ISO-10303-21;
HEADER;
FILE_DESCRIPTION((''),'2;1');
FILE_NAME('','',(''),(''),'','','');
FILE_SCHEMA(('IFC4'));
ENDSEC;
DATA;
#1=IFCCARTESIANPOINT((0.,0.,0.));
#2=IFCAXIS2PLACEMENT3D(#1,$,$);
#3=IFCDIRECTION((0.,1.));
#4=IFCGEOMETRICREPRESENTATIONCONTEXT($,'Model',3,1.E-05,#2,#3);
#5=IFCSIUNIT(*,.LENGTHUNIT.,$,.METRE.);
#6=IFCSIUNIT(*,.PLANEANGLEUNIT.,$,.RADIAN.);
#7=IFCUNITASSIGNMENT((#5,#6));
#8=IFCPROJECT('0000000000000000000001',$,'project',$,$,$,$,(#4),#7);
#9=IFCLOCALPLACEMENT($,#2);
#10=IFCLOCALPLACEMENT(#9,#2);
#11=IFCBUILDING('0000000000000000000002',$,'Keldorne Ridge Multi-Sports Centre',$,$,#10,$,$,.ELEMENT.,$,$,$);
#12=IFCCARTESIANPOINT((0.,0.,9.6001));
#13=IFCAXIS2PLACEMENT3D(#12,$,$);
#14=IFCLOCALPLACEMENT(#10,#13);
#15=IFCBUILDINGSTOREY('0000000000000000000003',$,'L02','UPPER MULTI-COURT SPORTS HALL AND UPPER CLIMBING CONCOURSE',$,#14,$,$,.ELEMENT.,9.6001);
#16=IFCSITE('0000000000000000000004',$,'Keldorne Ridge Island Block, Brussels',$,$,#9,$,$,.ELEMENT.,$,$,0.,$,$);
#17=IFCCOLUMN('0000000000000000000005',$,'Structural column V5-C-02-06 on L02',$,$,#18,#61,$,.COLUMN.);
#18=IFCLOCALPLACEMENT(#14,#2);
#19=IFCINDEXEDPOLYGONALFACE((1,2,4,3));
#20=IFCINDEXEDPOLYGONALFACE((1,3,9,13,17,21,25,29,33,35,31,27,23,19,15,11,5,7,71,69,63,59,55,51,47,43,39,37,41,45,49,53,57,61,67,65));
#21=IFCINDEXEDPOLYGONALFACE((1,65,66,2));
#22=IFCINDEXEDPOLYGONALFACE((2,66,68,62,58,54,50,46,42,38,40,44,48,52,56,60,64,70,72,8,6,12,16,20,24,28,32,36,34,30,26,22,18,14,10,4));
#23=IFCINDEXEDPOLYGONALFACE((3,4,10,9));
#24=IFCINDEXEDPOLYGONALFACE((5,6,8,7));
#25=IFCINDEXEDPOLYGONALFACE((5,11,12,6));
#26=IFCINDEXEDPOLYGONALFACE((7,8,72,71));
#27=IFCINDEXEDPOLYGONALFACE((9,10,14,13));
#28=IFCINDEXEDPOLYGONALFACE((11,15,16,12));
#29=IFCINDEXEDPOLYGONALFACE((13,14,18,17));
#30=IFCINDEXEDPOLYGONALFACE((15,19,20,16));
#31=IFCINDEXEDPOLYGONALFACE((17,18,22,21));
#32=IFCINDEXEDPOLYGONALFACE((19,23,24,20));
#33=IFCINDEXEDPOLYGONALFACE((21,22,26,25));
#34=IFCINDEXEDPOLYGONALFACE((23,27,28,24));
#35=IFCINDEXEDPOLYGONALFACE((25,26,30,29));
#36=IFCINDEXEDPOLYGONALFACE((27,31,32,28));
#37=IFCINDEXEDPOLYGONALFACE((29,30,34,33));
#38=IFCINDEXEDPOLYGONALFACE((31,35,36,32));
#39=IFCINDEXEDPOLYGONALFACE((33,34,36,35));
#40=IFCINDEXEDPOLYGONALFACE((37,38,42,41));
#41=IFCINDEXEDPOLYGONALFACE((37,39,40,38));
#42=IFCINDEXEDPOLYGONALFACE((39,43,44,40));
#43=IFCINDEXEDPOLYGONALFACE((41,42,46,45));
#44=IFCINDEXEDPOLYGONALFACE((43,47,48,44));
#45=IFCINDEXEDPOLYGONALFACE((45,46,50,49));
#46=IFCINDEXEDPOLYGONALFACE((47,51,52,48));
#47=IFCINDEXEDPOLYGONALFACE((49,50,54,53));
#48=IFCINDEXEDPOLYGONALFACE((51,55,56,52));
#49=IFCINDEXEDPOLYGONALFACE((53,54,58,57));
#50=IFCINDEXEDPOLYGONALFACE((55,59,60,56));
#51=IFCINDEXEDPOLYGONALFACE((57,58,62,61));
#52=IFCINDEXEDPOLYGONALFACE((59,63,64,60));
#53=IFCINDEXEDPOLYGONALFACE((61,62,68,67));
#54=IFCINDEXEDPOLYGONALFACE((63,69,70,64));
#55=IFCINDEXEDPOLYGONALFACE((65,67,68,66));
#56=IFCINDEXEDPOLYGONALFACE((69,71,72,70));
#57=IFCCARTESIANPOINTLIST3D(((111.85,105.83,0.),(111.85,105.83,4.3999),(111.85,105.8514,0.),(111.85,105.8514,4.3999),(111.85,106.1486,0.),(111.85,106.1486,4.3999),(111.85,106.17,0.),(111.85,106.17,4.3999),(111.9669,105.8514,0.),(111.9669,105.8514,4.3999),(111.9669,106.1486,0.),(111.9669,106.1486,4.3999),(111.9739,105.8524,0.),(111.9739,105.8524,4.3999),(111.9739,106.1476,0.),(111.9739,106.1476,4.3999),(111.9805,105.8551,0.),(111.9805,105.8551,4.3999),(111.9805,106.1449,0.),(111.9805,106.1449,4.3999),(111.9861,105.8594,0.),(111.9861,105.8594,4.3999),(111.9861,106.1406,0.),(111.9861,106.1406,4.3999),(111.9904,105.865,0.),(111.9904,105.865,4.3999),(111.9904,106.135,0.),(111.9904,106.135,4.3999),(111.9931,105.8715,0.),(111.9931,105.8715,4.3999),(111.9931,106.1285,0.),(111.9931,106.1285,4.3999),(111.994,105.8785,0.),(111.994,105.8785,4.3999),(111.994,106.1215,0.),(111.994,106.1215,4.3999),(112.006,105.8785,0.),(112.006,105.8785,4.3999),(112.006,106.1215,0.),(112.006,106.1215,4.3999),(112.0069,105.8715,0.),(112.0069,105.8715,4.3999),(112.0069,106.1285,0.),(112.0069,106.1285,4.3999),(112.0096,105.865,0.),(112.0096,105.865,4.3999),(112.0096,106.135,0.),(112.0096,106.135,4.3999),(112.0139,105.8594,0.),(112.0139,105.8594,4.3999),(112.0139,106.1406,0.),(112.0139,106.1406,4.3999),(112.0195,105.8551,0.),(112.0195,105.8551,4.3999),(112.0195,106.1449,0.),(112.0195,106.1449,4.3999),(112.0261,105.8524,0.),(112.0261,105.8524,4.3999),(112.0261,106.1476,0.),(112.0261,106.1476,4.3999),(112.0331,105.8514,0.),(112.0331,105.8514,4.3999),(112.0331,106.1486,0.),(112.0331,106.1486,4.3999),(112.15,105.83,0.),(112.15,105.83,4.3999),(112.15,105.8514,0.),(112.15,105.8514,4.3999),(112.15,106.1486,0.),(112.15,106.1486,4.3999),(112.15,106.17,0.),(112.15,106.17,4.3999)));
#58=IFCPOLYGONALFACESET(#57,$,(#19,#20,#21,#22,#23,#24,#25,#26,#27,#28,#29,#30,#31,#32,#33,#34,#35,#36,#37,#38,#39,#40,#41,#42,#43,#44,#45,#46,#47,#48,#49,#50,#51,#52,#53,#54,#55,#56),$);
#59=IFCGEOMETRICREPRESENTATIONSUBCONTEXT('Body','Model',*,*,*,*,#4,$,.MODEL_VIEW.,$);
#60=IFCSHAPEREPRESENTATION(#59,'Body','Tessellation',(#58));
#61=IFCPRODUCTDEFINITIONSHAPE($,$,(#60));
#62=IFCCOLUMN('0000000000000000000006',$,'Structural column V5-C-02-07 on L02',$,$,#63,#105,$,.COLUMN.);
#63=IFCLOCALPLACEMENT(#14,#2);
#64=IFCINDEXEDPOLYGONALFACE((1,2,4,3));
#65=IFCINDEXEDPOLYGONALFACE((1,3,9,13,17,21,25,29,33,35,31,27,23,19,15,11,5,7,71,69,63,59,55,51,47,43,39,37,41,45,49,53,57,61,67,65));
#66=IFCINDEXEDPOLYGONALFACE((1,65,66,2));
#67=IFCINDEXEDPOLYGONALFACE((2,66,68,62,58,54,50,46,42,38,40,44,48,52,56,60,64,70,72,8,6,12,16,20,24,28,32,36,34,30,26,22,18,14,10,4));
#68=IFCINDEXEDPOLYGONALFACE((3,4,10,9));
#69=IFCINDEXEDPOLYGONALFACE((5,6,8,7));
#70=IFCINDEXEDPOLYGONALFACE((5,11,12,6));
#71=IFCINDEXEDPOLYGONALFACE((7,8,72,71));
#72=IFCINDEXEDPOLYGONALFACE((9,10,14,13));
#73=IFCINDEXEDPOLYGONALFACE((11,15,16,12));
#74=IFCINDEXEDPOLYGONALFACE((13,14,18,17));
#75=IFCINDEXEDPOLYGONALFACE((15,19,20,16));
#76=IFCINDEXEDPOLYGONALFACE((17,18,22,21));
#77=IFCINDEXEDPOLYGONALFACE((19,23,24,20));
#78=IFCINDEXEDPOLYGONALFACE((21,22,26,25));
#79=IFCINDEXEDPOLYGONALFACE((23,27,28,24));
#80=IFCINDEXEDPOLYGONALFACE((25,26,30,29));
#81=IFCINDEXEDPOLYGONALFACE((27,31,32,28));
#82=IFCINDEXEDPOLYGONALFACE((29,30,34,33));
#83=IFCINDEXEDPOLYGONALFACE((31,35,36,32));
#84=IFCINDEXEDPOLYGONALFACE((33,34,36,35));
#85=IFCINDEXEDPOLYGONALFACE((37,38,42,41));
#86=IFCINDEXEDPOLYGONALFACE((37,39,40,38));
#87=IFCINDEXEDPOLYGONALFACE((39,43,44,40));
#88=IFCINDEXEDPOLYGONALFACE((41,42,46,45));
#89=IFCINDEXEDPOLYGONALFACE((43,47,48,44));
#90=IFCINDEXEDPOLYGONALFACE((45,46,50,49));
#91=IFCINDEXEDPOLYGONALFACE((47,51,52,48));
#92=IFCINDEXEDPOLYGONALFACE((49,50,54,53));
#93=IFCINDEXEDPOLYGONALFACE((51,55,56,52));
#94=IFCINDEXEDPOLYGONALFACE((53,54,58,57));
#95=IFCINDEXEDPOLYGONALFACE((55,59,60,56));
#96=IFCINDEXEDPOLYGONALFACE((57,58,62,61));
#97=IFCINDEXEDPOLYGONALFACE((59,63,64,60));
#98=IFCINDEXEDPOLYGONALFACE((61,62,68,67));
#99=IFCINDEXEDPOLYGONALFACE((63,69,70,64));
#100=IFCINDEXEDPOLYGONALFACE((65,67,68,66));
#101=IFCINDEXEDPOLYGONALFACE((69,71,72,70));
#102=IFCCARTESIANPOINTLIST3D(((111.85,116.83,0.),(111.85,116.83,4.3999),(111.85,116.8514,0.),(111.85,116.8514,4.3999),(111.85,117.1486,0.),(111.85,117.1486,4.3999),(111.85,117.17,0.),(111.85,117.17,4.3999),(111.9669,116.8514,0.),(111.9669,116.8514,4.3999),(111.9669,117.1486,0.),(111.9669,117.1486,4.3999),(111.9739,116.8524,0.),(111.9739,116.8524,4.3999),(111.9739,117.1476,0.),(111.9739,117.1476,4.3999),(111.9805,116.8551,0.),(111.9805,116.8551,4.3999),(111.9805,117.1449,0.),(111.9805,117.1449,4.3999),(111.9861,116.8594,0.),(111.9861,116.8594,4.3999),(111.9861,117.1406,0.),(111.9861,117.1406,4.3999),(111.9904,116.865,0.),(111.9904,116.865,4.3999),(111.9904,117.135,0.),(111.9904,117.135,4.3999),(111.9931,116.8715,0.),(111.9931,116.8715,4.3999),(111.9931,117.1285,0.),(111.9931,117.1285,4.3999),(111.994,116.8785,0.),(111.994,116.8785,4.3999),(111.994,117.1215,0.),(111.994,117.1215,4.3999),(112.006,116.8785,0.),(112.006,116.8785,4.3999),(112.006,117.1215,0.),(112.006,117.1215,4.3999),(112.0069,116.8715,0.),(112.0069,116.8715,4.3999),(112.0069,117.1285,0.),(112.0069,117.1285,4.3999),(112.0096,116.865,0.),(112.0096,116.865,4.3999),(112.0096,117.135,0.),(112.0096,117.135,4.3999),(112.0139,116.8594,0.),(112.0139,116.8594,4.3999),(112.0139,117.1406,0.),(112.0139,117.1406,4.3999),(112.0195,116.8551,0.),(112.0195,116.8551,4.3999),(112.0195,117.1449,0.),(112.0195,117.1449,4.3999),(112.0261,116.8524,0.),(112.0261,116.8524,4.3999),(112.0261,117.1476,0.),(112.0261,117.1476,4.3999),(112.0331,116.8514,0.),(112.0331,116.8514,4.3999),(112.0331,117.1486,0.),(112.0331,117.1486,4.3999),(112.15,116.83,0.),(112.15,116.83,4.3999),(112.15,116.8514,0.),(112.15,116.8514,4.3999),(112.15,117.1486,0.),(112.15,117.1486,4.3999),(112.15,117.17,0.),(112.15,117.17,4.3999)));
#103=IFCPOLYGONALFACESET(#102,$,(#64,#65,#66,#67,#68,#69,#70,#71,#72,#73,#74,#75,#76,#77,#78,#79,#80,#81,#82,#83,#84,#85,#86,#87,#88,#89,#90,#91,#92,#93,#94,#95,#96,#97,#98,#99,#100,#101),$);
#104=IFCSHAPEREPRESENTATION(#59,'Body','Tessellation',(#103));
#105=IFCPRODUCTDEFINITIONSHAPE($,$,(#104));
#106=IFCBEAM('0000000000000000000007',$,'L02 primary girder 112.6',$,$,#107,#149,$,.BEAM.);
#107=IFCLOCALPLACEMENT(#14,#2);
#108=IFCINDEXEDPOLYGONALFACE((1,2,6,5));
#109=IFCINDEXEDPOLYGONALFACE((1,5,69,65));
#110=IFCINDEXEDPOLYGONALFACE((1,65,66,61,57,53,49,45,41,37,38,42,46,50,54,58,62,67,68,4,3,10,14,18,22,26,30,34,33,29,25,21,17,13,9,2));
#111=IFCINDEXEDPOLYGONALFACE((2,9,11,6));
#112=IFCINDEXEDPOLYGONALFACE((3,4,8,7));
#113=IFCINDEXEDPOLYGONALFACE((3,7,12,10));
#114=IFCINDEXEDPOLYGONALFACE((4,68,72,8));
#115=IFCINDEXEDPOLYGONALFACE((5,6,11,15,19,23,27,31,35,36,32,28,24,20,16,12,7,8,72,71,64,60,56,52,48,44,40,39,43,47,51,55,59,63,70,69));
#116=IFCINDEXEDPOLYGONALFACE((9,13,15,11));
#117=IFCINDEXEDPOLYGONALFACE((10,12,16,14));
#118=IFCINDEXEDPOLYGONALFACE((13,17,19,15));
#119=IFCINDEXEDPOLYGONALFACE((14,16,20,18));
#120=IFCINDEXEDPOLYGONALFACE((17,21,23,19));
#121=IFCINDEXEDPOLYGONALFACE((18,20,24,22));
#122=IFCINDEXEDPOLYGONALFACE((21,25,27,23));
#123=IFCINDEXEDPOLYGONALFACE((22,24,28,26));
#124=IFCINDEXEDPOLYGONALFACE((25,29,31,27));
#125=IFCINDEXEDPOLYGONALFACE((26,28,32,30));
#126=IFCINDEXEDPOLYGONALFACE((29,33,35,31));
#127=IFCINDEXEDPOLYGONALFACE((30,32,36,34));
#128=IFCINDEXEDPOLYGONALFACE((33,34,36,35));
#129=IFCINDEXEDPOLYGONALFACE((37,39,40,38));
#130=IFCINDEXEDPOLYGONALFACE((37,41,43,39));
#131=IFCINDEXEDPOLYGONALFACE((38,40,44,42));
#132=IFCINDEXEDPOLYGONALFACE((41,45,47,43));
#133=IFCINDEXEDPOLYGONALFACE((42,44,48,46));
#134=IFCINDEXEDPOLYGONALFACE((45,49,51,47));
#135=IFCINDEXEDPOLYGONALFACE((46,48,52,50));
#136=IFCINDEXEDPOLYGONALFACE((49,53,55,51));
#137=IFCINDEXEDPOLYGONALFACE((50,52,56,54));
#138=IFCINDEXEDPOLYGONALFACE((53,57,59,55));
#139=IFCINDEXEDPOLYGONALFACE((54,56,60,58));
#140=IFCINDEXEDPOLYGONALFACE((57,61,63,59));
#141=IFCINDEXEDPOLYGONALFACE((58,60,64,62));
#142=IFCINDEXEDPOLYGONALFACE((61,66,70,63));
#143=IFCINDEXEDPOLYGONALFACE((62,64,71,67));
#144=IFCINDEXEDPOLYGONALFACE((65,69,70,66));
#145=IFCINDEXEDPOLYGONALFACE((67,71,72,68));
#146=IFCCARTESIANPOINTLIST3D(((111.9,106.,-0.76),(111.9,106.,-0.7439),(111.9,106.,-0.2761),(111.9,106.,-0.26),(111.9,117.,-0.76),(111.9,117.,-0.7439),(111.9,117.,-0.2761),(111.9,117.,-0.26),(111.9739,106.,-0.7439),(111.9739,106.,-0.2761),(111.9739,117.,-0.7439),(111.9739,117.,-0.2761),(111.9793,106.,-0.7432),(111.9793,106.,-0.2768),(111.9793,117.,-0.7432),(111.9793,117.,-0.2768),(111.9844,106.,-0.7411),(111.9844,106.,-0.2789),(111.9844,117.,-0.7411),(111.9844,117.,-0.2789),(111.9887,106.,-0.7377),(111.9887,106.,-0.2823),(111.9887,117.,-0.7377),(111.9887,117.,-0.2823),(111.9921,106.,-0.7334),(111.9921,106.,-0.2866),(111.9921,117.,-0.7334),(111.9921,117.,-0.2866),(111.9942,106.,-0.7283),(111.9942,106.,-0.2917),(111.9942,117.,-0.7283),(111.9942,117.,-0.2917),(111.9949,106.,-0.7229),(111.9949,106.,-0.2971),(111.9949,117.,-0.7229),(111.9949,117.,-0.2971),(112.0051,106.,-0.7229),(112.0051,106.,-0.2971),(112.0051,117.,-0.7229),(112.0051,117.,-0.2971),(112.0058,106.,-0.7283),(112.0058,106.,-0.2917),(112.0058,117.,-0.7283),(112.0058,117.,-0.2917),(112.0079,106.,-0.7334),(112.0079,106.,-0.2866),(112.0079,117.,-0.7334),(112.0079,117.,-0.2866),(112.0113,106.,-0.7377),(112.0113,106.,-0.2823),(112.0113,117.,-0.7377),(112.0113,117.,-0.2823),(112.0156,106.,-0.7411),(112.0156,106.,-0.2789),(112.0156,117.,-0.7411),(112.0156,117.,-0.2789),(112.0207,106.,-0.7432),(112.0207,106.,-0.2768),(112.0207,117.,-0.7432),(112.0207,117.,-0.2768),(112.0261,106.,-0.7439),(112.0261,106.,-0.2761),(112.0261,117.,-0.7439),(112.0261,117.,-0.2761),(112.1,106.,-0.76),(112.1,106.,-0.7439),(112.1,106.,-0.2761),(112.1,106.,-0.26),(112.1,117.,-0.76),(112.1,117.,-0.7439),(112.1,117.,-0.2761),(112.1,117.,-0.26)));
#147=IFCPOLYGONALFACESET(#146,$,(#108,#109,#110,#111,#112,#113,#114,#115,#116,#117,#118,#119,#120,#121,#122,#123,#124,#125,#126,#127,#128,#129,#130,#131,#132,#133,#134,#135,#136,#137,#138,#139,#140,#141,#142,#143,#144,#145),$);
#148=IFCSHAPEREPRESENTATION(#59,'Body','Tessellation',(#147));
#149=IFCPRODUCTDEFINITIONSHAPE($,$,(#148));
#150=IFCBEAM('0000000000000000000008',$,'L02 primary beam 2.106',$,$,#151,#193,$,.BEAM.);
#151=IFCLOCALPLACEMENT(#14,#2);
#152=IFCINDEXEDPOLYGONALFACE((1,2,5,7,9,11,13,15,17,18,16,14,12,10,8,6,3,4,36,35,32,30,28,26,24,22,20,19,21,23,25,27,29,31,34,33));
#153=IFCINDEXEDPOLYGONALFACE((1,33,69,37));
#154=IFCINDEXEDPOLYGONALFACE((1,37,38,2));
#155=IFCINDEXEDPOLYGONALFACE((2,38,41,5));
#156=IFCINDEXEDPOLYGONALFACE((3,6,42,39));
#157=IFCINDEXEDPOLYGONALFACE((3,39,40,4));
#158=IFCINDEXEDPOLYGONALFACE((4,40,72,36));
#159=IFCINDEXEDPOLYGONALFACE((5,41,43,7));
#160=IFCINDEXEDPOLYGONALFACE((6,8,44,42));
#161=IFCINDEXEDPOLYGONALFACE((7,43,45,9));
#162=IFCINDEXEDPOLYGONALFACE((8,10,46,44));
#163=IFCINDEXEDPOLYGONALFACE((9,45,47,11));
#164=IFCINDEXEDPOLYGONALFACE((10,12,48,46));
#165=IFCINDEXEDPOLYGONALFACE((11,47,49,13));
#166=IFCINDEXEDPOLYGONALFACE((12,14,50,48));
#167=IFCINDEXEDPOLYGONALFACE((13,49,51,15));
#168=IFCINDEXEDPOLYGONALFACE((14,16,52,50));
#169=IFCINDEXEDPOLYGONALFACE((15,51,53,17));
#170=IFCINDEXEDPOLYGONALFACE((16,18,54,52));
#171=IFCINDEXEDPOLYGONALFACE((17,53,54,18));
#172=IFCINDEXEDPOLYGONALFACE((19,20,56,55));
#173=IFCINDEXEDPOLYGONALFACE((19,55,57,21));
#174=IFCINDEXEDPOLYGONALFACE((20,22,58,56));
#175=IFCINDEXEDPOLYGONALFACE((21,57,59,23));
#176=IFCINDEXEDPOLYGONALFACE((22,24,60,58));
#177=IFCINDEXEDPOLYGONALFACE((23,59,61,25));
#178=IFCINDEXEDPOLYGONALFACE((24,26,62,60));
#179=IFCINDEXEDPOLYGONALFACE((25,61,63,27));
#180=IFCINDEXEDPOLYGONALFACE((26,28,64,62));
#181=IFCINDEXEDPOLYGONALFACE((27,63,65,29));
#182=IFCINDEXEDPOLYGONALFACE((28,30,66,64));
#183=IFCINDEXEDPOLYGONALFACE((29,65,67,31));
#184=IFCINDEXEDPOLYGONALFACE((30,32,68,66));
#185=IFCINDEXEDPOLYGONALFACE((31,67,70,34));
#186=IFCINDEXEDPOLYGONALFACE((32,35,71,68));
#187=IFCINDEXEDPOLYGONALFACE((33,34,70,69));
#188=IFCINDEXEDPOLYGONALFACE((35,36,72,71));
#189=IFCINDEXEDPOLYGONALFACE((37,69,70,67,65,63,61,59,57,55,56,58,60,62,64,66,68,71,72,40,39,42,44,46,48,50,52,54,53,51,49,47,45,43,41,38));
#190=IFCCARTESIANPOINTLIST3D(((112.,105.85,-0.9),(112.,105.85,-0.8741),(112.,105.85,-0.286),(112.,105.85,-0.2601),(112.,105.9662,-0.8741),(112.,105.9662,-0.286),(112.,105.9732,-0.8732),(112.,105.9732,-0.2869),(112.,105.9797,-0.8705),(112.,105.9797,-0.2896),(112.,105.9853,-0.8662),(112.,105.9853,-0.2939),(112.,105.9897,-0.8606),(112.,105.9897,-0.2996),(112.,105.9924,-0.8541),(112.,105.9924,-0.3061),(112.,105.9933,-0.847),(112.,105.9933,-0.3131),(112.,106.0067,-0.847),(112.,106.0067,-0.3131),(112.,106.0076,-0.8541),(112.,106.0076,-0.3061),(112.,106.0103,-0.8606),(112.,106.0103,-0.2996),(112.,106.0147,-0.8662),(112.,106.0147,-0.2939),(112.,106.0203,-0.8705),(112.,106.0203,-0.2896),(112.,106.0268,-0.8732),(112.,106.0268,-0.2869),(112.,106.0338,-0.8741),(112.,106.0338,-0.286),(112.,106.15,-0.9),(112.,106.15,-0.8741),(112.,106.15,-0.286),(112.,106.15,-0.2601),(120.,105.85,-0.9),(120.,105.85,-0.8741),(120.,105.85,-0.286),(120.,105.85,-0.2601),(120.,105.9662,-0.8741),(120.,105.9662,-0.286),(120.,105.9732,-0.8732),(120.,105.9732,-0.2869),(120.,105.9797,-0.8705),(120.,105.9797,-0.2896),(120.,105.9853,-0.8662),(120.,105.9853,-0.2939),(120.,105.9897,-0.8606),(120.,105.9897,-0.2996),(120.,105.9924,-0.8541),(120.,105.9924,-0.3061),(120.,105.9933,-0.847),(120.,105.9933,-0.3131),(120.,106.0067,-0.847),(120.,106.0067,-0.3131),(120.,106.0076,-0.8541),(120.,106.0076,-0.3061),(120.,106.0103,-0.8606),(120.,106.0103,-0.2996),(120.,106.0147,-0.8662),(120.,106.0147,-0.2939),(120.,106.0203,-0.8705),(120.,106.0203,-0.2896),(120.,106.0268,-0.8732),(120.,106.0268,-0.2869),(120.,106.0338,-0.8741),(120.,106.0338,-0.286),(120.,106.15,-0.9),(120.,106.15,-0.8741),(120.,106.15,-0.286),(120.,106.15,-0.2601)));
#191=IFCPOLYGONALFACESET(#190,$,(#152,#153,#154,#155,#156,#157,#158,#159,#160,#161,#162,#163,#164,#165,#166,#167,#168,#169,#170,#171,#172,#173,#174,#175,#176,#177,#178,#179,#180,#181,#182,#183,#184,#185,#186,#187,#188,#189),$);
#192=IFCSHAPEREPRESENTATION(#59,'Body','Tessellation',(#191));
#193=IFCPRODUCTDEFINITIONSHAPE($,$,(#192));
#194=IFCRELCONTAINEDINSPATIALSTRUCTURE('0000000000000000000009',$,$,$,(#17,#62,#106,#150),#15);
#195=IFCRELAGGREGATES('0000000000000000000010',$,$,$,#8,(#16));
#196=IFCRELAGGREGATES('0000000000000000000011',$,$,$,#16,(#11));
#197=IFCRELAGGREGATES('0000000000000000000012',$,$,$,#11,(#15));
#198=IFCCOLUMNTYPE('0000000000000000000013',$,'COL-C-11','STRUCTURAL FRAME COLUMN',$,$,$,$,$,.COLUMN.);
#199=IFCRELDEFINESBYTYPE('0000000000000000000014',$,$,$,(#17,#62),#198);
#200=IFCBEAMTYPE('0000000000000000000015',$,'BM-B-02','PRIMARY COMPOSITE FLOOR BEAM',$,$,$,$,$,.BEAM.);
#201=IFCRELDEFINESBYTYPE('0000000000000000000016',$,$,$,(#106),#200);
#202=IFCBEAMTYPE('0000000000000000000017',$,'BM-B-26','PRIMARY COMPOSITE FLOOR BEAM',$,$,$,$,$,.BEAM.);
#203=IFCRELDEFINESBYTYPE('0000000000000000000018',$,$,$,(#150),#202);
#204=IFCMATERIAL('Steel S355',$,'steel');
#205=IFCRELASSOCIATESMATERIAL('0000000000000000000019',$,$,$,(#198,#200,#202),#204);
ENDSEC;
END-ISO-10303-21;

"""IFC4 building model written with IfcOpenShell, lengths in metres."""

from ifc_helpers import new_model, si_unit, direction, frame, origin, origin_2d, place, context, subcontext, project, spatial, i_section, extrude, material, material_profile, profile_set, type_object, element, save


model = new_model("IFC4")

# Units and contexts
model_context = context("Model", 3, precision=1e-05, world=origin(), true_north=direction((0.0, 1.0)))
body_context = subcontext(model_context, "Body", "Model", "MODEL_VIEW")
ifc_project = project(units=[si_unit("LENGTHUNIT", "METRE"), si_unit("PLANEANGLEUNIT", "RADIAN")], contexts=[model_context])

# Site, building, storey
site_placement = place(None, origin())
site = spatial("IfcSite", under=ifc_project, at=site_placement, Name="Keldorne Ridge Island Block, Brussels", CompositionType="ELEMENT", RefElevation=0.0)
building_placement = place(site_placement, origin())
building = spatial("IfcBuilding", under=site, at=building_placement, Name="Keldorne Ridge Multi-Sports Centre", CompositionType="ELEMENT")
storey_placement = place(building_placement, frame((0.0, 0.0, 9.6001)))
storey = spatial("IfcBuildingStorey", under=building, at=storey_placement, Name="L02", Description="UPPER MULTI-COURT SPORTS HALL AND UPPER CLIMBING CONCOURSE", CompositionType="ELEMENT", Elevation=9.6001)

# Columns
ifc_material_1 = material(Name="Steel S355", Category="steel")
ifc_material_profile_1 = material_profile(ifc_material_1, i_section(OverallWidth=0.3, OverallDepth=0.3401, WebThickness=0.012, FlangeThickness=0.0215, FilletRadius=0.0271, at=origin_2d()), Name="HEB 340")
ifc_profile_set_1 = profile_set([ifc_material_profile_1], Name="Steel S355")
column_type = type_object("IfcColumnType", Name="COL-C-11", Description="STRUCTURAL FRAME COLUMN", PredefinedType="COLUMN", material=ifc_profile_set_1)
for number, where, z_axis, x_axis, name in (
    (1, (112.0, 106.0, 0.0), (0.0, 0.0, 1.0), (1.0, 0.0, 0.0), "Structural column V5-C-02-06 on L02"),
    (2, (112.0, 117.0, 0.0), (0.0, 0.0, 1.0), (1.0, 0.0, 0.0), "Structural column V5-C-02-07 on L02"),
):
    element("IfcColumn", number, at=place(storey_placement, frame(where, z_axis=z_axis, x_axis=x_axis)), inside=storey, type_object=column_type, Name=name, PredefinedType="COLUMN", context=body_context, shape_type="SweptSolid", body=[
        extrude(i_section(OverallWidth=0.3, OverallDepth=0.3401, WebThickness=0.012, FlangeThickness=0.0215, FilletRadius=0.0271, at=origin_2d()), origin(), (0.0, 0.0, 1.0), 4.3999),
    ])

# Beams
ifc_material_profile_2 = material_profile(ifc_material_1, i_section(OverallWidth=0.2, OverallDepth=0.5, WebThickness=0.0103, FlangeThickness=0.0161, FilletRadius=0.021, at=origin_2d()), Name="IPE 500")
ifc_profile_set_2 = profile_set([ifc_material_profile_2], Name="Steel S355")
beam_type_1 = type_object("IfcBeamType", Name="BM-B-02", Description="PRIMARY COMPOSITE FLOOR BEAM", PredefinedType="BEAM", material=ifc_profile_set_2)
beam_1_placement = place(storey_placement, frame((112.0, 106.0, -0.51), z_axis=(0.0, 1.0, 0.0), x_axis=(-1.0, 0.0, 0.0)))
element("IfcBeam", 3, at=beam_1_placement, inside=storey, type_object=beam_type_1, Name="L02 primary girder 112.6", PredefinedType="BEAM", context=body_context, shape_type="SweptSolid", body=[
    extrude(i_section(OverallWidth=0.2, OverallDepth=0.5, WebThickness=0.0103, FlangeThickness=0.0161, FilletRadius=0.021, at=origin_2d()), origin(), (0.0, 0.0, 1.0), 11.0),
])
ifc_material_profile_3 = material_profile(ifc_material_1, i_section(OverallWidth=0.3, OverallDepth=0.6399, WebThickness=0.0134, FlangeThickness=0.0259, FilletRadius=0.0271, at=origin_2d()), Name="HEA 650")
ifc_profile_set_3 = profile_set([ifc_material_profile_3], Name="Steel S355")
beam_type_2 = type_object("IfcBeamType", Name="BM-B-26", Description="PRIMARY COMPOSITE FLOOR BEAM", PredefinedType="BEAM", material=ifc_profile_set_3)
beam_2_placement = place(storey_placement, frame((112.0, 106.0, -0.5801), z_axis=(1.0, 0.0, 0.0), x_axis=(0.0, 1.0, 0.0)))
element("IfcBeam", 4, at=beam_2_placement, inside=storey, type_object=beam_type_2, Name="L02 primary beam 2.106", PredefinedType="BEAM", context=body_context, shape_type="SweptSolid", body=[
    extrude(i_section(OverallWidth=0.3, OverallDepth=0.6399, WebThickness=0.0134, FlangeThickness=0.0259, FilletRadius=0.0271, at=origin_2d()), origin(), (0.0, 0.0, 1.0), 8.0),
])

save(model, "model.ifc")
